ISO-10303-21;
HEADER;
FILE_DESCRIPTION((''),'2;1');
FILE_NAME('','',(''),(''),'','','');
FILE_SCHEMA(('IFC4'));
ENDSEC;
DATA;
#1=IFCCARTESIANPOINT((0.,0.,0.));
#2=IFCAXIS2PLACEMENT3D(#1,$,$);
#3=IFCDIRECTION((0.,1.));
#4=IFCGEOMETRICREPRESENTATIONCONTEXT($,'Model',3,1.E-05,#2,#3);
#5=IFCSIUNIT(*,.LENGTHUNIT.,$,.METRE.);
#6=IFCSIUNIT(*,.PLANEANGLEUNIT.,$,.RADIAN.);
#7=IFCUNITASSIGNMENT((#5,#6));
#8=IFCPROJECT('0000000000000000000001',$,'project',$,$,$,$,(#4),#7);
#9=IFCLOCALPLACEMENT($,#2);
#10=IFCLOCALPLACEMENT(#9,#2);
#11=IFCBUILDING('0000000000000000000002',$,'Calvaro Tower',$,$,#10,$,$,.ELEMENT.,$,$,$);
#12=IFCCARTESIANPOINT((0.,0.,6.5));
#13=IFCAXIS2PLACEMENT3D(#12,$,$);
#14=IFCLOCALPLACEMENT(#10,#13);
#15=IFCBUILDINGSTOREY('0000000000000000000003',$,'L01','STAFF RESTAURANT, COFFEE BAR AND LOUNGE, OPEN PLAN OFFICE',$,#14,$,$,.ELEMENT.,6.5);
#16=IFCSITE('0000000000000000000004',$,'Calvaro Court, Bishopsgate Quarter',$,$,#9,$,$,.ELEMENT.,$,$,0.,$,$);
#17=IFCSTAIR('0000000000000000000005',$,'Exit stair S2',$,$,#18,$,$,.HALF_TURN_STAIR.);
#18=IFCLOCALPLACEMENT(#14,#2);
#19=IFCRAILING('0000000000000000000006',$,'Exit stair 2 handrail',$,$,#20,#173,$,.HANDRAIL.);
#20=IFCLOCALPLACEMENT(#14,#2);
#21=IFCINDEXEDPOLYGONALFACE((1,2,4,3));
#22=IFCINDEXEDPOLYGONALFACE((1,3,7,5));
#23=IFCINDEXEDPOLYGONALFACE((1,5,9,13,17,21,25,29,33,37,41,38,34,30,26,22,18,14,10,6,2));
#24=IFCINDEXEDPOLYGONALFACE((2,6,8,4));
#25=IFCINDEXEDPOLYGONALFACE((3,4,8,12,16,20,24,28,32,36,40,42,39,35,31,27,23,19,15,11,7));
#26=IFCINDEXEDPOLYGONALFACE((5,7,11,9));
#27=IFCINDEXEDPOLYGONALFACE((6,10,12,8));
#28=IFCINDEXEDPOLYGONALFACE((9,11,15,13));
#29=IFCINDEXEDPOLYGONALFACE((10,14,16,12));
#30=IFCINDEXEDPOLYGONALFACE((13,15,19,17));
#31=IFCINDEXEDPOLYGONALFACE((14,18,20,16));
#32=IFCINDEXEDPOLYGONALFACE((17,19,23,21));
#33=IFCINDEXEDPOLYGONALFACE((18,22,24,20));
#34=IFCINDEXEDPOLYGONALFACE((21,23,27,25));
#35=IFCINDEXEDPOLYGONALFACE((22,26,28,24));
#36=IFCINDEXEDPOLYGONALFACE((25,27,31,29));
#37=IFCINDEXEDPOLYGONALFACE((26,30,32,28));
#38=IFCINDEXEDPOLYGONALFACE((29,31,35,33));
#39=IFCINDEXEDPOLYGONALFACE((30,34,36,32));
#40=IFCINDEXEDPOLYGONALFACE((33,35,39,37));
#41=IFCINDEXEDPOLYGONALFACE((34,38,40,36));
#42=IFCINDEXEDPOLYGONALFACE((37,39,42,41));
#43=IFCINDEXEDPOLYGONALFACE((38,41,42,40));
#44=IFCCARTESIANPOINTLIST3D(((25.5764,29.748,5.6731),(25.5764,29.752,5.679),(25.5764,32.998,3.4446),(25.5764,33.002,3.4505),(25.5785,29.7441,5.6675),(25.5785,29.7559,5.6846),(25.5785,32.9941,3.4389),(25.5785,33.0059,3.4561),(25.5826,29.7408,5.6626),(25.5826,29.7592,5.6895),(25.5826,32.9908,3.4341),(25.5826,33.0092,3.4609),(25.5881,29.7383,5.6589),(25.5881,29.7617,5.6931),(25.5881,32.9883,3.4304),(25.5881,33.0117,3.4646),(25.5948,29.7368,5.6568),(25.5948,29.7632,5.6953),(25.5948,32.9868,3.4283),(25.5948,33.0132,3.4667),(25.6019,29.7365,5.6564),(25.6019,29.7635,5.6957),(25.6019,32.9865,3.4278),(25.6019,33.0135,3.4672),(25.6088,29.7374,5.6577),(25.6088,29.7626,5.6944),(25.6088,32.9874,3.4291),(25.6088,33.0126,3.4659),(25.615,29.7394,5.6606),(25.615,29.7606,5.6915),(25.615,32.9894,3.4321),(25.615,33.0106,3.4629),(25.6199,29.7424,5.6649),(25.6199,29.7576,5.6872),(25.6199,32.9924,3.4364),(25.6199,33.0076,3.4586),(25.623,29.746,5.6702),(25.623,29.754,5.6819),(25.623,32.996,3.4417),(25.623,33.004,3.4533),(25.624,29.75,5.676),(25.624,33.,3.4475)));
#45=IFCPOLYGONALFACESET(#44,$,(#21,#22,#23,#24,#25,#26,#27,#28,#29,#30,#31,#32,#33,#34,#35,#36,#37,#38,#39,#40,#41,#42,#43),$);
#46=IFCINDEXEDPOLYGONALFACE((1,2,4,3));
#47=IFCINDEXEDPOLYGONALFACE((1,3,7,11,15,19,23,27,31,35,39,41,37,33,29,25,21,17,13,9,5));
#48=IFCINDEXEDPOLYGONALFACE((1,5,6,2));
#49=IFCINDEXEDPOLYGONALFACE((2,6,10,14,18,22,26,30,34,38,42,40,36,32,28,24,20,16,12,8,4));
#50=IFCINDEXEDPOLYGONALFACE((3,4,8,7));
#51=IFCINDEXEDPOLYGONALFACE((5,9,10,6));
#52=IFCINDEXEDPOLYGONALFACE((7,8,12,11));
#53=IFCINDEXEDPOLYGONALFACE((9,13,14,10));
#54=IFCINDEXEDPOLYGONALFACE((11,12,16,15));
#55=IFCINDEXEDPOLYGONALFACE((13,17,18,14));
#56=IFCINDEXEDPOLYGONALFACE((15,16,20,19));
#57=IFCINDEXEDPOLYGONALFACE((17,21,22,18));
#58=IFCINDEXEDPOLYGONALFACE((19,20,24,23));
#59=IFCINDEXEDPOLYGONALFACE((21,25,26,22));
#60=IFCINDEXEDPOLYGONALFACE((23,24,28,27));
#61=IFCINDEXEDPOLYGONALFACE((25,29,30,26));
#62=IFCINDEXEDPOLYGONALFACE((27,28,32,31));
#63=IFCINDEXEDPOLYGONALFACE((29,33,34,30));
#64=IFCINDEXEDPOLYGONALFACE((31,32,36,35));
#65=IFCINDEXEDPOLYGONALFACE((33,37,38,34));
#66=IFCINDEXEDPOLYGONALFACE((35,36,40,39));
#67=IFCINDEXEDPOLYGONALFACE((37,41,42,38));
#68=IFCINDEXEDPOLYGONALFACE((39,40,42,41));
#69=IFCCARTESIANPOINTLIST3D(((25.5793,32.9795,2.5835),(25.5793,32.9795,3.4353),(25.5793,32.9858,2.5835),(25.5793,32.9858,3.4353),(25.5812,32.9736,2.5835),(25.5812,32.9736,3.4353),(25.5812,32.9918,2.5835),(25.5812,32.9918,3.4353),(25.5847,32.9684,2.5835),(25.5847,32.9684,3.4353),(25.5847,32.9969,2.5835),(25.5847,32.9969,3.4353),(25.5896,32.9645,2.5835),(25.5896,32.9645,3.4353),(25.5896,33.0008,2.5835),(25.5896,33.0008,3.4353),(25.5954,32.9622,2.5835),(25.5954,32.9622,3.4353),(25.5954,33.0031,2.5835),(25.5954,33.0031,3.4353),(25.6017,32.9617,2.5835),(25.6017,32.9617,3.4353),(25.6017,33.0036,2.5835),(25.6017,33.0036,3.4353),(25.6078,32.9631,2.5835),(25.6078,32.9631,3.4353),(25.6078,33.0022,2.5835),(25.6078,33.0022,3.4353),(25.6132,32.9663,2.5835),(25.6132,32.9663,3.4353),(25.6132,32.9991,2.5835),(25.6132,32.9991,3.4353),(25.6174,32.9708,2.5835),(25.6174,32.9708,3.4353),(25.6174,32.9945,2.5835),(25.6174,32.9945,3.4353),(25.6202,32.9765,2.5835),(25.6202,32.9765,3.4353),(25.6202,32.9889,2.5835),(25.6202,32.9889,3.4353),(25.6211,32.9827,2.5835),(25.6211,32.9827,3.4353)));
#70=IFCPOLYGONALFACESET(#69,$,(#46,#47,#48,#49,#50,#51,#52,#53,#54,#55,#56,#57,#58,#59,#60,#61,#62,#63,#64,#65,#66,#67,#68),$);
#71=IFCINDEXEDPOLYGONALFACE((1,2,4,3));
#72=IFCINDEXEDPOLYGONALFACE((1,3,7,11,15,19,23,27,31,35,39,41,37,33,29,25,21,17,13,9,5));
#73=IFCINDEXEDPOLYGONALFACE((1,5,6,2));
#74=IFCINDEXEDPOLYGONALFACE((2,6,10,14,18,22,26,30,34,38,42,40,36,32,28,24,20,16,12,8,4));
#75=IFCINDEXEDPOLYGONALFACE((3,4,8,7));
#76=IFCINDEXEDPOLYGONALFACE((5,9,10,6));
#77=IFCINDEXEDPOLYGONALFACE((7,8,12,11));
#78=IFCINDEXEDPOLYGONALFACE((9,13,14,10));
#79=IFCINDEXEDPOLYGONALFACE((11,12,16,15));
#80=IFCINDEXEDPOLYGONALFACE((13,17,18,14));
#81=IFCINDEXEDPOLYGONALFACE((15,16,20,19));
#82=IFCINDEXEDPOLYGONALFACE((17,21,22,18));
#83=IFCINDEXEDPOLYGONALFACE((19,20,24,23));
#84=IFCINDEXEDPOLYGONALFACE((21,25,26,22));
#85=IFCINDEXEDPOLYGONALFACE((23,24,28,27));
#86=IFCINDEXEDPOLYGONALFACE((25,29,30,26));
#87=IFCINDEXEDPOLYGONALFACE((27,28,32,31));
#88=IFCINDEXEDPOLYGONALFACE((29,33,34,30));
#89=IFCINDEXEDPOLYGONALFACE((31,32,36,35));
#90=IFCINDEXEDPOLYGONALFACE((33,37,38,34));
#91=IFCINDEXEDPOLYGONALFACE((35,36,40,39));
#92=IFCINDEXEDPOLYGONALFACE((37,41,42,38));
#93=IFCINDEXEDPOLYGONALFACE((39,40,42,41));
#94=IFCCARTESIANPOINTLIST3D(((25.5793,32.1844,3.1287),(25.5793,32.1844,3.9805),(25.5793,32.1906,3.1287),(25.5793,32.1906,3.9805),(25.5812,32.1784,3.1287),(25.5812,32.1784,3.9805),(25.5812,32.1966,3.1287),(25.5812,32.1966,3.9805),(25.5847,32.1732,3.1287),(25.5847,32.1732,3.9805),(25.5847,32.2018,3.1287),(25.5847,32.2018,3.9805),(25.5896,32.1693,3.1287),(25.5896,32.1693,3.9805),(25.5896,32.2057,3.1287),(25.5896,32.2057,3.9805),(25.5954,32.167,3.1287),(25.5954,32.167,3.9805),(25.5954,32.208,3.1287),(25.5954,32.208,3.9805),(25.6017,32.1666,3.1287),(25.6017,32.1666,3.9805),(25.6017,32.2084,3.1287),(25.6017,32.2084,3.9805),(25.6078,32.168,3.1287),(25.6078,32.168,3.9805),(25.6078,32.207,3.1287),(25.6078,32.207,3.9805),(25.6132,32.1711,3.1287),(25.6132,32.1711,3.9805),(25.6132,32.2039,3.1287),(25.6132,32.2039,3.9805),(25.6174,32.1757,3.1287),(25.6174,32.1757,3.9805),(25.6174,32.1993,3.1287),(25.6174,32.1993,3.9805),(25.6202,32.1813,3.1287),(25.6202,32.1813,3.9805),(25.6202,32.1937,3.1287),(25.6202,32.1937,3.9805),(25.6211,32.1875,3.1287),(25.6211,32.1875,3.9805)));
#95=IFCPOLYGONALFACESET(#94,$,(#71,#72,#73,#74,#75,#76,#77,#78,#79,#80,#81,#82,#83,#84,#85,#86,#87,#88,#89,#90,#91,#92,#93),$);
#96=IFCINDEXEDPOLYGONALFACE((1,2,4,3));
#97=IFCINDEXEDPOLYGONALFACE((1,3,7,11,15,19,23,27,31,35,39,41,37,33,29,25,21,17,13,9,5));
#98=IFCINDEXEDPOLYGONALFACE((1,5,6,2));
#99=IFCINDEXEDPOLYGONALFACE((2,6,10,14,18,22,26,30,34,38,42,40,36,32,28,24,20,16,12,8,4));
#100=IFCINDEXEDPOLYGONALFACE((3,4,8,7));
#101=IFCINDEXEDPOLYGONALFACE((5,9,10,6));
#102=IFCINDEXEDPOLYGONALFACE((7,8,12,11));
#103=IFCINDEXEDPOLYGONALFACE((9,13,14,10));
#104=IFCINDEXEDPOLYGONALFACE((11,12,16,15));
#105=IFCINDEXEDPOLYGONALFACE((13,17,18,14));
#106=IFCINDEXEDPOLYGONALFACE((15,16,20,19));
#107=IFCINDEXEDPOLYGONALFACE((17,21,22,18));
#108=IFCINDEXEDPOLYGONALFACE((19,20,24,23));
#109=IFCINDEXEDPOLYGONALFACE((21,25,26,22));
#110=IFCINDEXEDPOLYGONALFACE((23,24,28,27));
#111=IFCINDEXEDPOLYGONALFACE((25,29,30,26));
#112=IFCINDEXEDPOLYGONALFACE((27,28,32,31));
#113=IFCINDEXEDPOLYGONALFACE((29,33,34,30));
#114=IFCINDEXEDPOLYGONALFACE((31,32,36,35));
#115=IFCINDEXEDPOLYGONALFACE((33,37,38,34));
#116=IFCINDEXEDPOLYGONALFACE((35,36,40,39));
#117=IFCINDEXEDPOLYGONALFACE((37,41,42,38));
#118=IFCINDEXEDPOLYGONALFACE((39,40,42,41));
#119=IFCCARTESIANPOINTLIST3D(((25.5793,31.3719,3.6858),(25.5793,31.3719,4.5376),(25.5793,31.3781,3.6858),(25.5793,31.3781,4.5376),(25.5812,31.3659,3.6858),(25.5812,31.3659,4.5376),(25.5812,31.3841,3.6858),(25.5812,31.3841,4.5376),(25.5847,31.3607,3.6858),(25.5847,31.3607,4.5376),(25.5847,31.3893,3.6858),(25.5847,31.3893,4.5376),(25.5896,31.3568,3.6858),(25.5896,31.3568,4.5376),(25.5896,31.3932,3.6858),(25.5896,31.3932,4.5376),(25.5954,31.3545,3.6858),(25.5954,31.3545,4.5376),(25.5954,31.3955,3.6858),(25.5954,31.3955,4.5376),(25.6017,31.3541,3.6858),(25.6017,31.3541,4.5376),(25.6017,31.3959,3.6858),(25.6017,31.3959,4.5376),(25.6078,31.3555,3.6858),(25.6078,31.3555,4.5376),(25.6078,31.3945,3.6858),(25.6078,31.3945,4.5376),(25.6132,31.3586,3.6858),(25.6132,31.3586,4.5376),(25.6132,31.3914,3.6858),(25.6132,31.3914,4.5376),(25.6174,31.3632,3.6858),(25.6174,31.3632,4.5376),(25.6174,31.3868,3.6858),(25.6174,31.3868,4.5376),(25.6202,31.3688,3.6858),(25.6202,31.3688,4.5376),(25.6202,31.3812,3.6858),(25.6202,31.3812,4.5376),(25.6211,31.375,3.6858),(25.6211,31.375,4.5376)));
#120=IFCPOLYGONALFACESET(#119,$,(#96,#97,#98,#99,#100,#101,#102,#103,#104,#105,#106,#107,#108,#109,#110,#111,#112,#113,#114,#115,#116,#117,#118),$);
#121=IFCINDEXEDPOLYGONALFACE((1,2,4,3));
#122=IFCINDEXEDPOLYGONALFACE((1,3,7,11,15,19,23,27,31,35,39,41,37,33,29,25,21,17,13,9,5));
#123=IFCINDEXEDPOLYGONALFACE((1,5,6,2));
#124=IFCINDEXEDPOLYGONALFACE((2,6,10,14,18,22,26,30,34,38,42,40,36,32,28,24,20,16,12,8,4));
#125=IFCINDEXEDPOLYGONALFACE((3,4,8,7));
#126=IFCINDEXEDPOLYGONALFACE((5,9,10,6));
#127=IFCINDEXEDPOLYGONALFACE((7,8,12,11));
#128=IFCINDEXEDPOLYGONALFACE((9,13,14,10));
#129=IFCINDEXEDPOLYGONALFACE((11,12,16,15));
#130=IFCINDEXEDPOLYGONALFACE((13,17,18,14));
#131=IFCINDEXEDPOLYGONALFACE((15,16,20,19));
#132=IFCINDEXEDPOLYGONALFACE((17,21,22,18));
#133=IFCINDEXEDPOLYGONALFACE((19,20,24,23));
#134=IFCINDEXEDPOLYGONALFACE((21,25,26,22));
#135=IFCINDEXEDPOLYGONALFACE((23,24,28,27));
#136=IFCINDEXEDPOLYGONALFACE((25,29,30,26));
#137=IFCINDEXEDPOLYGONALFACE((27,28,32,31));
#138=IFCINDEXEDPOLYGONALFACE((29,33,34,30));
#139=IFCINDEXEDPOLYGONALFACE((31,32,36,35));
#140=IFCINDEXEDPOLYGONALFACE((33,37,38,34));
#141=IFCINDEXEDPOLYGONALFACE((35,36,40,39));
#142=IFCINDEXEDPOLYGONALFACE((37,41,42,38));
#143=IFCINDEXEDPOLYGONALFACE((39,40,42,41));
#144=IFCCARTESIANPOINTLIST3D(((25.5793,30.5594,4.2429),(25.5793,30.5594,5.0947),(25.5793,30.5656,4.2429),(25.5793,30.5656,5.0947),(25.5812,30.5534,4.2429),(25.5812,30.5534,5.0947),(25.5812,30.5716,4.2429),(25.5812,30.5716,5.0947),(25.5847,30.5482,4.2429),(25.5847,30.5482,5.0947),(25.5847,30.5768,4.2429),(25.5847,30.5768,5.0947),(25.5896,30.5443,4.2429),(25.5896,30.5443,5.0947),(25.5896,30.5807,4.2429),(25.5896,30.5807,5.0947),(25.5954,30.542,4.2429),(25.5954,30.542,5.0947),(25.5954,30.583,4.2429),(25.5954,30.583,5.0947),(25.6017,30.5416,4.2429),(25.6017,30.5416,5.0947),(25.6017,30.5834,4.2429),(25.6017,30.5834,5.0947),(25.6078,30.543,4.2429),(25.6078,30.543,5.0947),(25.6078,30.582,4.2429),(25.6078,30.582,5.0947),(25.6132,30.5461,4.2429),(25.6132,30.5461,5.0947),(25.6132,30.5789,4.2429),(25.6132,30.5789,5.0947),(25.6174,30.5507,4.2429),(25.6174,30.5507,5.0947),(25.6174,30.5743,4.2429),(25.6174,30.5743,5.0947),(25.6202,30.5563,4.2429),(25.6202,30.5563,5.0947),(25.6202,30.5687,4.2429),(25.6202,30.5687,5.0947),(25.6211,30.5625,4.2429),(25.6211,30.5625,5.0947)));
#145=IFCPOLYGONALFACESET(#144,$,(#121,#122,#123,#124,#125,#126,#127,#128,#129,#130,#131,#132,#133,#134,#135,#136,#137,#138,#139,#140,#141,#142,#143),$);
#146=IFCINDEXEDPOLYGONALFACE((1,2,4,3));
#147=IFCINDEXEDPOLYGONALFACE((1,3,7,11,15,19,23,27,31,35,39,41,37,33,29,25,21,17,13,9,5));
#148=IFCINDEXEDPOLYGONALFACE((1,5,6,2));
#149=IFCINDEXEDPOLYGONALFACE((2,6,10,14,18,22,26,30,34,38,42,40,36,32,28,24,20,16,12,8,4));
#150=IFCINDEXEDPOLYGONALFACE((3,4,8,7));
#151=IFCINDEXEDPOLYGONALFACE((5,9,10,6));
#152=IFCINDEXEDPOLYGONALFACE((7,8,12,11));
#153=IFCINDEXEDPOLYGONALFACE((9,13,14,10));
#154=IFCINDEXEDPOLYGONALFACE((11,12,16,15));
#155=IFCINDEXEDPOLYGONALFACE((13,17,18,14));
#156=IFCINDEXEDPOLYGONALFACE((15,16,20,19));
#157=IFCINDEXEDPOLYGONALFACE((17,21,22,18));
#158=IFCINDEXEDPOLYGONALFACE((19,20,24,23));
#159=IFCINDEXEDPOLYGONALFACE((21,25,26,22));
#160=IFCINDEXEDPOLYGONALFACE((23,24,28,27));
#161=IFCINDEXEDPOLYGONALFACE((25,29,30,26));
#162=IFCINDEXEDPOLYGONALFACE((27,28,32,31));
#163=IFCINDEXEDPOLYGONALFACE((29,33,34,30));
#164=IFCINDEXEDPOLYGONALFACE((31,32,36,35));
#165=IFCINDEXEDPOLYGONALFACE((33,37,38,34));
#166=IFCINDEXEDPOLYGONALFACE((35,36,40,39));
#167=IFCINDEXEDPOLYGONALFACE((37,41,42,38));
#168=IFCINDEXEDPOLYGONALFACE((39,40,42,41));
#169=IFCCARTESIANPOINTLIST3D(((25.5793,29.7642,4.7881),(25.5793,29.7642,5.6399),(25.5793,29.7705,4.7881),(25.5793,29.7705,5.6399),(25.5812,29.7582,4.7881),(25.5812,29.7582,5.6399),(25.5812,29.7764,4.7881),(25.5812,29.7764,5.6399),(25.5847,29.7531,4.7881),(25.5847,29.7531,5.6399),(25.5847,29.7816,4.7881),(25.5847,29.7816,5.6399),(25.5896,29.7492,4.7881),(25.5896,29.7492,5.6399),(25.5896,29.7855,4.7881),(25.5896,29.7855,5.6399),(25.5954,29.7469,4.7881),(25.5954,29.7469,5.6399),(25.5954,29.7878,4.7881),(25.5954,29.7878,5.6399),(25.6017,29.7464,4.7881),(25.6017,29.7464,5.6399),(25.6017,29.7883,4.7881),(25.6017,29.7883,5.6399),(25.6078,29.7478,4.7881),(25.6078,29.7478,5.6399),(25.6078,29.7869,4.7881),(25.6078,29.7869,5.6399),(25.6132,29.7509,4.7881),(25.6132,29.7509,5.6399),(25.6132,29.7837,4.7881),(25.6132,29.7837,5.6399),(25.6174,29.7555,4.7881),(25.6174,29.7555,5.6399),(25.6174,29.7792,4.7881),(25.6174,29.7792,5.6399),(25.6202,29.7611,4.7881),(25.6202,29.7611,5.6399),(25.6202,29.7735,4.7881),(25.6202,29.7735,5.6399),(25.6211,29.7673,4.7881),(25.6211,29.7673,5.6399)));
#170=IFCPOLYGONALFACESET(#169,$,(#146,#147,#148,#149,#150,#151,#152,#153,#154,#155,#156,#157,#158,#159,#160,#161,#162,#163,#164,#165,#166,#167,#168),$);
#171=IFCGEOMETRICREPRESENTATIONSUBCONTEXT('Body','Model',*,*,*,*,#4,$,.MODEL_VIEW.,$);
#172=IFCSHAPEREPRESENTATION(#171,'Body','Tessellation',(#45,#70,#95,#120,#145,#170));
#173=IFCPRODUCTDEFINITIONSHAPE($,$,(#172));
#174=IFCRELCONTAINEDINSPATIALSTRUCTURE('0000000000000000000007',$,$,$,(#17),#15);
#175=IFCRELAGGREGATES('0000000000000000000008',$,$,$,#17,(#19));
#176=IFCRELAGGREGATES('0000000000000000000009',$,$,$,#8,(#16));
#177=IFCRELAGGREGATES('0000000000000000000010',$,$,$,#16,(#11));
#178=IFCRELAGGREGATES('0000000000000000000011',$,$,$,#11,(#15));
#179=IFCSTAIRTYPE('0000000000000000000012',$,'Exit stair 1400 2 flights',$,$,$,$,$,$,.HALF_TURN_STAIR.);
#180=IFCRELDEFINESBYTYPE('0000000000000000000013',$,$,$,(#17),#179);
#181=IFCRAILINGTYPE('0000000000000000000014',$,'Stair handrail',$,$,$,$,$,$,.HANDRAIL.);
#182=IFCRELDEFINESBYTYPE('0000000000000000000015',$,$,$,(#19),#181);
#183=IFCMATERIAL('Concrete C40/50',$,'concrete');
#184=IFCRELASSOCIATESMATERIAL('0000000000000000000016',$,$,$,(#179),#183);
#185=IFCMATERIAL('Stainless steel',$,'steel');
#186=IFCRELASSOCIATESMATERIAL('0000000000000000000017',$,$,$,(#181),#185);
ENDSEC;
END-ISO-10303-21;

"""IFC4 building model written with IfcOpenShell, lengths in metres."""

from ifc_helpers import new_model, si_unit, direction, frame, origin, origin_2d, place, context, subcontext, project, spatial, circle, extrude, material, type_object, element, aggregate, save


model = new_model("IFC4")

# Units and contexts
model_context = context("Model", 3, precision=1e-05, world=origin(), true_north=direction((0.0, 1.0)))
body_context = subcontext(model_context, "Body", "Model", "MODEL_VIEW")
ifc_project = project(units=[si_unit("LENGTHUNIT", "METRE"), si_unit("PLANEANGLEUNIT", "RADIAN")], contexts=[model_context])

# Site, building, storey
site_placement = place(None, origin())
site = spatial("IfcSite", under=ifc_project, at=site_placement, Name="Calvaro Court, Bishopsgate Quarter", CompositionType="ELEMENT", RefElevation=0.0)
building_placement = place(site_placement, origin())
building = spatial("IfcBuilding", under=site, at=building_placement, Name="Calvaro Tower", CompositionType="ELEMENT")
storey_placement = place(building_placement, frame((0.0, 0.0, 6.5)))
storey = spatial("IfcBuildingStorey", under=building, at=storey_placement, Name="L01", Description="STAFF RESTAURANT, COFFEE BAR AND LOUNGE, OPEN PLAN OFFICE", CompositionType="ELEMENT", Elevation=6.5)

# Stair, railing
ifc_material_1 = material(Name="Concrete C40/50", Category="concrete")
stair_type = type_object("IfcStairType", Name="Exit stair 1400 2 flights", PredefinedType="HALF_TURN_STAIR", material=ifc_material_1)
stair_placement = place(storey_placement, origin())
stair = element("IfcStair", 1, at=stair_placement, inside=storey, type_object=stair_type, Name="Exit stair S2", PredefinedType="HALF_TURN_STAIR")
ifc_material_2 = material(Name="Stainless steel", Category="steel")
railing_type = type_object("IfcRailingType", Name="Stair handrail", PredefinedType="HANDRAIL", material=ifc_material_2)
railing_1_placement = place(storey_placement, frame((25.6001, 33.0, 2.5715)))
railing_1 = element("IfcRailing", 2, at=railing_1_placement, type_object=railing_type, Name="Exit stair 2 handrail", PredefinedType="HANDRAIL", context=body_context, shape_type="SweptSolid", body=[
    extrude(circle(Radius=0.0239, at=origin_2d()), frame((0.0, 0.0, 0.876), z_axis=(0.0, -0.824735, 0.565519), x_axis=(1.0, 0.0, 0.0)), (0.0, 0.0, 1.0), 3.9407),
    extrude(circle(Radius=0.021, at=origin_2d()), frame((0.0, -0.0173, 0.012)), (0.0, 0.0, 1.0), 0.8518),
    extrude(circle(Radius=0.021, at=origin_2d()), frame((0.0, -0.8125, 0.5571)), (0.0, 0.0, 1.0), 0.8518),
    extrude(circle(Radius=0.021, at=origin_2d()), frame((0.0, -1.625, 1.1143)), (0.0, 0.0, 1.0), 0.8518),
    extrude(circle(Radius=0.021, at=origin_2d()), frame((0.0, -2.4375, 1.6714)), (0.0, 0.0, 1.0), 0.8518),
    extrude(circle(Radius=0.021, at=origin_2d()), frame((0.0, -3.2327, 2.2166)), (0.0, 0.0, 1.0), 0.8518),
])
aggregate(stair, [railing_1])

save(model, "model.ifc")
